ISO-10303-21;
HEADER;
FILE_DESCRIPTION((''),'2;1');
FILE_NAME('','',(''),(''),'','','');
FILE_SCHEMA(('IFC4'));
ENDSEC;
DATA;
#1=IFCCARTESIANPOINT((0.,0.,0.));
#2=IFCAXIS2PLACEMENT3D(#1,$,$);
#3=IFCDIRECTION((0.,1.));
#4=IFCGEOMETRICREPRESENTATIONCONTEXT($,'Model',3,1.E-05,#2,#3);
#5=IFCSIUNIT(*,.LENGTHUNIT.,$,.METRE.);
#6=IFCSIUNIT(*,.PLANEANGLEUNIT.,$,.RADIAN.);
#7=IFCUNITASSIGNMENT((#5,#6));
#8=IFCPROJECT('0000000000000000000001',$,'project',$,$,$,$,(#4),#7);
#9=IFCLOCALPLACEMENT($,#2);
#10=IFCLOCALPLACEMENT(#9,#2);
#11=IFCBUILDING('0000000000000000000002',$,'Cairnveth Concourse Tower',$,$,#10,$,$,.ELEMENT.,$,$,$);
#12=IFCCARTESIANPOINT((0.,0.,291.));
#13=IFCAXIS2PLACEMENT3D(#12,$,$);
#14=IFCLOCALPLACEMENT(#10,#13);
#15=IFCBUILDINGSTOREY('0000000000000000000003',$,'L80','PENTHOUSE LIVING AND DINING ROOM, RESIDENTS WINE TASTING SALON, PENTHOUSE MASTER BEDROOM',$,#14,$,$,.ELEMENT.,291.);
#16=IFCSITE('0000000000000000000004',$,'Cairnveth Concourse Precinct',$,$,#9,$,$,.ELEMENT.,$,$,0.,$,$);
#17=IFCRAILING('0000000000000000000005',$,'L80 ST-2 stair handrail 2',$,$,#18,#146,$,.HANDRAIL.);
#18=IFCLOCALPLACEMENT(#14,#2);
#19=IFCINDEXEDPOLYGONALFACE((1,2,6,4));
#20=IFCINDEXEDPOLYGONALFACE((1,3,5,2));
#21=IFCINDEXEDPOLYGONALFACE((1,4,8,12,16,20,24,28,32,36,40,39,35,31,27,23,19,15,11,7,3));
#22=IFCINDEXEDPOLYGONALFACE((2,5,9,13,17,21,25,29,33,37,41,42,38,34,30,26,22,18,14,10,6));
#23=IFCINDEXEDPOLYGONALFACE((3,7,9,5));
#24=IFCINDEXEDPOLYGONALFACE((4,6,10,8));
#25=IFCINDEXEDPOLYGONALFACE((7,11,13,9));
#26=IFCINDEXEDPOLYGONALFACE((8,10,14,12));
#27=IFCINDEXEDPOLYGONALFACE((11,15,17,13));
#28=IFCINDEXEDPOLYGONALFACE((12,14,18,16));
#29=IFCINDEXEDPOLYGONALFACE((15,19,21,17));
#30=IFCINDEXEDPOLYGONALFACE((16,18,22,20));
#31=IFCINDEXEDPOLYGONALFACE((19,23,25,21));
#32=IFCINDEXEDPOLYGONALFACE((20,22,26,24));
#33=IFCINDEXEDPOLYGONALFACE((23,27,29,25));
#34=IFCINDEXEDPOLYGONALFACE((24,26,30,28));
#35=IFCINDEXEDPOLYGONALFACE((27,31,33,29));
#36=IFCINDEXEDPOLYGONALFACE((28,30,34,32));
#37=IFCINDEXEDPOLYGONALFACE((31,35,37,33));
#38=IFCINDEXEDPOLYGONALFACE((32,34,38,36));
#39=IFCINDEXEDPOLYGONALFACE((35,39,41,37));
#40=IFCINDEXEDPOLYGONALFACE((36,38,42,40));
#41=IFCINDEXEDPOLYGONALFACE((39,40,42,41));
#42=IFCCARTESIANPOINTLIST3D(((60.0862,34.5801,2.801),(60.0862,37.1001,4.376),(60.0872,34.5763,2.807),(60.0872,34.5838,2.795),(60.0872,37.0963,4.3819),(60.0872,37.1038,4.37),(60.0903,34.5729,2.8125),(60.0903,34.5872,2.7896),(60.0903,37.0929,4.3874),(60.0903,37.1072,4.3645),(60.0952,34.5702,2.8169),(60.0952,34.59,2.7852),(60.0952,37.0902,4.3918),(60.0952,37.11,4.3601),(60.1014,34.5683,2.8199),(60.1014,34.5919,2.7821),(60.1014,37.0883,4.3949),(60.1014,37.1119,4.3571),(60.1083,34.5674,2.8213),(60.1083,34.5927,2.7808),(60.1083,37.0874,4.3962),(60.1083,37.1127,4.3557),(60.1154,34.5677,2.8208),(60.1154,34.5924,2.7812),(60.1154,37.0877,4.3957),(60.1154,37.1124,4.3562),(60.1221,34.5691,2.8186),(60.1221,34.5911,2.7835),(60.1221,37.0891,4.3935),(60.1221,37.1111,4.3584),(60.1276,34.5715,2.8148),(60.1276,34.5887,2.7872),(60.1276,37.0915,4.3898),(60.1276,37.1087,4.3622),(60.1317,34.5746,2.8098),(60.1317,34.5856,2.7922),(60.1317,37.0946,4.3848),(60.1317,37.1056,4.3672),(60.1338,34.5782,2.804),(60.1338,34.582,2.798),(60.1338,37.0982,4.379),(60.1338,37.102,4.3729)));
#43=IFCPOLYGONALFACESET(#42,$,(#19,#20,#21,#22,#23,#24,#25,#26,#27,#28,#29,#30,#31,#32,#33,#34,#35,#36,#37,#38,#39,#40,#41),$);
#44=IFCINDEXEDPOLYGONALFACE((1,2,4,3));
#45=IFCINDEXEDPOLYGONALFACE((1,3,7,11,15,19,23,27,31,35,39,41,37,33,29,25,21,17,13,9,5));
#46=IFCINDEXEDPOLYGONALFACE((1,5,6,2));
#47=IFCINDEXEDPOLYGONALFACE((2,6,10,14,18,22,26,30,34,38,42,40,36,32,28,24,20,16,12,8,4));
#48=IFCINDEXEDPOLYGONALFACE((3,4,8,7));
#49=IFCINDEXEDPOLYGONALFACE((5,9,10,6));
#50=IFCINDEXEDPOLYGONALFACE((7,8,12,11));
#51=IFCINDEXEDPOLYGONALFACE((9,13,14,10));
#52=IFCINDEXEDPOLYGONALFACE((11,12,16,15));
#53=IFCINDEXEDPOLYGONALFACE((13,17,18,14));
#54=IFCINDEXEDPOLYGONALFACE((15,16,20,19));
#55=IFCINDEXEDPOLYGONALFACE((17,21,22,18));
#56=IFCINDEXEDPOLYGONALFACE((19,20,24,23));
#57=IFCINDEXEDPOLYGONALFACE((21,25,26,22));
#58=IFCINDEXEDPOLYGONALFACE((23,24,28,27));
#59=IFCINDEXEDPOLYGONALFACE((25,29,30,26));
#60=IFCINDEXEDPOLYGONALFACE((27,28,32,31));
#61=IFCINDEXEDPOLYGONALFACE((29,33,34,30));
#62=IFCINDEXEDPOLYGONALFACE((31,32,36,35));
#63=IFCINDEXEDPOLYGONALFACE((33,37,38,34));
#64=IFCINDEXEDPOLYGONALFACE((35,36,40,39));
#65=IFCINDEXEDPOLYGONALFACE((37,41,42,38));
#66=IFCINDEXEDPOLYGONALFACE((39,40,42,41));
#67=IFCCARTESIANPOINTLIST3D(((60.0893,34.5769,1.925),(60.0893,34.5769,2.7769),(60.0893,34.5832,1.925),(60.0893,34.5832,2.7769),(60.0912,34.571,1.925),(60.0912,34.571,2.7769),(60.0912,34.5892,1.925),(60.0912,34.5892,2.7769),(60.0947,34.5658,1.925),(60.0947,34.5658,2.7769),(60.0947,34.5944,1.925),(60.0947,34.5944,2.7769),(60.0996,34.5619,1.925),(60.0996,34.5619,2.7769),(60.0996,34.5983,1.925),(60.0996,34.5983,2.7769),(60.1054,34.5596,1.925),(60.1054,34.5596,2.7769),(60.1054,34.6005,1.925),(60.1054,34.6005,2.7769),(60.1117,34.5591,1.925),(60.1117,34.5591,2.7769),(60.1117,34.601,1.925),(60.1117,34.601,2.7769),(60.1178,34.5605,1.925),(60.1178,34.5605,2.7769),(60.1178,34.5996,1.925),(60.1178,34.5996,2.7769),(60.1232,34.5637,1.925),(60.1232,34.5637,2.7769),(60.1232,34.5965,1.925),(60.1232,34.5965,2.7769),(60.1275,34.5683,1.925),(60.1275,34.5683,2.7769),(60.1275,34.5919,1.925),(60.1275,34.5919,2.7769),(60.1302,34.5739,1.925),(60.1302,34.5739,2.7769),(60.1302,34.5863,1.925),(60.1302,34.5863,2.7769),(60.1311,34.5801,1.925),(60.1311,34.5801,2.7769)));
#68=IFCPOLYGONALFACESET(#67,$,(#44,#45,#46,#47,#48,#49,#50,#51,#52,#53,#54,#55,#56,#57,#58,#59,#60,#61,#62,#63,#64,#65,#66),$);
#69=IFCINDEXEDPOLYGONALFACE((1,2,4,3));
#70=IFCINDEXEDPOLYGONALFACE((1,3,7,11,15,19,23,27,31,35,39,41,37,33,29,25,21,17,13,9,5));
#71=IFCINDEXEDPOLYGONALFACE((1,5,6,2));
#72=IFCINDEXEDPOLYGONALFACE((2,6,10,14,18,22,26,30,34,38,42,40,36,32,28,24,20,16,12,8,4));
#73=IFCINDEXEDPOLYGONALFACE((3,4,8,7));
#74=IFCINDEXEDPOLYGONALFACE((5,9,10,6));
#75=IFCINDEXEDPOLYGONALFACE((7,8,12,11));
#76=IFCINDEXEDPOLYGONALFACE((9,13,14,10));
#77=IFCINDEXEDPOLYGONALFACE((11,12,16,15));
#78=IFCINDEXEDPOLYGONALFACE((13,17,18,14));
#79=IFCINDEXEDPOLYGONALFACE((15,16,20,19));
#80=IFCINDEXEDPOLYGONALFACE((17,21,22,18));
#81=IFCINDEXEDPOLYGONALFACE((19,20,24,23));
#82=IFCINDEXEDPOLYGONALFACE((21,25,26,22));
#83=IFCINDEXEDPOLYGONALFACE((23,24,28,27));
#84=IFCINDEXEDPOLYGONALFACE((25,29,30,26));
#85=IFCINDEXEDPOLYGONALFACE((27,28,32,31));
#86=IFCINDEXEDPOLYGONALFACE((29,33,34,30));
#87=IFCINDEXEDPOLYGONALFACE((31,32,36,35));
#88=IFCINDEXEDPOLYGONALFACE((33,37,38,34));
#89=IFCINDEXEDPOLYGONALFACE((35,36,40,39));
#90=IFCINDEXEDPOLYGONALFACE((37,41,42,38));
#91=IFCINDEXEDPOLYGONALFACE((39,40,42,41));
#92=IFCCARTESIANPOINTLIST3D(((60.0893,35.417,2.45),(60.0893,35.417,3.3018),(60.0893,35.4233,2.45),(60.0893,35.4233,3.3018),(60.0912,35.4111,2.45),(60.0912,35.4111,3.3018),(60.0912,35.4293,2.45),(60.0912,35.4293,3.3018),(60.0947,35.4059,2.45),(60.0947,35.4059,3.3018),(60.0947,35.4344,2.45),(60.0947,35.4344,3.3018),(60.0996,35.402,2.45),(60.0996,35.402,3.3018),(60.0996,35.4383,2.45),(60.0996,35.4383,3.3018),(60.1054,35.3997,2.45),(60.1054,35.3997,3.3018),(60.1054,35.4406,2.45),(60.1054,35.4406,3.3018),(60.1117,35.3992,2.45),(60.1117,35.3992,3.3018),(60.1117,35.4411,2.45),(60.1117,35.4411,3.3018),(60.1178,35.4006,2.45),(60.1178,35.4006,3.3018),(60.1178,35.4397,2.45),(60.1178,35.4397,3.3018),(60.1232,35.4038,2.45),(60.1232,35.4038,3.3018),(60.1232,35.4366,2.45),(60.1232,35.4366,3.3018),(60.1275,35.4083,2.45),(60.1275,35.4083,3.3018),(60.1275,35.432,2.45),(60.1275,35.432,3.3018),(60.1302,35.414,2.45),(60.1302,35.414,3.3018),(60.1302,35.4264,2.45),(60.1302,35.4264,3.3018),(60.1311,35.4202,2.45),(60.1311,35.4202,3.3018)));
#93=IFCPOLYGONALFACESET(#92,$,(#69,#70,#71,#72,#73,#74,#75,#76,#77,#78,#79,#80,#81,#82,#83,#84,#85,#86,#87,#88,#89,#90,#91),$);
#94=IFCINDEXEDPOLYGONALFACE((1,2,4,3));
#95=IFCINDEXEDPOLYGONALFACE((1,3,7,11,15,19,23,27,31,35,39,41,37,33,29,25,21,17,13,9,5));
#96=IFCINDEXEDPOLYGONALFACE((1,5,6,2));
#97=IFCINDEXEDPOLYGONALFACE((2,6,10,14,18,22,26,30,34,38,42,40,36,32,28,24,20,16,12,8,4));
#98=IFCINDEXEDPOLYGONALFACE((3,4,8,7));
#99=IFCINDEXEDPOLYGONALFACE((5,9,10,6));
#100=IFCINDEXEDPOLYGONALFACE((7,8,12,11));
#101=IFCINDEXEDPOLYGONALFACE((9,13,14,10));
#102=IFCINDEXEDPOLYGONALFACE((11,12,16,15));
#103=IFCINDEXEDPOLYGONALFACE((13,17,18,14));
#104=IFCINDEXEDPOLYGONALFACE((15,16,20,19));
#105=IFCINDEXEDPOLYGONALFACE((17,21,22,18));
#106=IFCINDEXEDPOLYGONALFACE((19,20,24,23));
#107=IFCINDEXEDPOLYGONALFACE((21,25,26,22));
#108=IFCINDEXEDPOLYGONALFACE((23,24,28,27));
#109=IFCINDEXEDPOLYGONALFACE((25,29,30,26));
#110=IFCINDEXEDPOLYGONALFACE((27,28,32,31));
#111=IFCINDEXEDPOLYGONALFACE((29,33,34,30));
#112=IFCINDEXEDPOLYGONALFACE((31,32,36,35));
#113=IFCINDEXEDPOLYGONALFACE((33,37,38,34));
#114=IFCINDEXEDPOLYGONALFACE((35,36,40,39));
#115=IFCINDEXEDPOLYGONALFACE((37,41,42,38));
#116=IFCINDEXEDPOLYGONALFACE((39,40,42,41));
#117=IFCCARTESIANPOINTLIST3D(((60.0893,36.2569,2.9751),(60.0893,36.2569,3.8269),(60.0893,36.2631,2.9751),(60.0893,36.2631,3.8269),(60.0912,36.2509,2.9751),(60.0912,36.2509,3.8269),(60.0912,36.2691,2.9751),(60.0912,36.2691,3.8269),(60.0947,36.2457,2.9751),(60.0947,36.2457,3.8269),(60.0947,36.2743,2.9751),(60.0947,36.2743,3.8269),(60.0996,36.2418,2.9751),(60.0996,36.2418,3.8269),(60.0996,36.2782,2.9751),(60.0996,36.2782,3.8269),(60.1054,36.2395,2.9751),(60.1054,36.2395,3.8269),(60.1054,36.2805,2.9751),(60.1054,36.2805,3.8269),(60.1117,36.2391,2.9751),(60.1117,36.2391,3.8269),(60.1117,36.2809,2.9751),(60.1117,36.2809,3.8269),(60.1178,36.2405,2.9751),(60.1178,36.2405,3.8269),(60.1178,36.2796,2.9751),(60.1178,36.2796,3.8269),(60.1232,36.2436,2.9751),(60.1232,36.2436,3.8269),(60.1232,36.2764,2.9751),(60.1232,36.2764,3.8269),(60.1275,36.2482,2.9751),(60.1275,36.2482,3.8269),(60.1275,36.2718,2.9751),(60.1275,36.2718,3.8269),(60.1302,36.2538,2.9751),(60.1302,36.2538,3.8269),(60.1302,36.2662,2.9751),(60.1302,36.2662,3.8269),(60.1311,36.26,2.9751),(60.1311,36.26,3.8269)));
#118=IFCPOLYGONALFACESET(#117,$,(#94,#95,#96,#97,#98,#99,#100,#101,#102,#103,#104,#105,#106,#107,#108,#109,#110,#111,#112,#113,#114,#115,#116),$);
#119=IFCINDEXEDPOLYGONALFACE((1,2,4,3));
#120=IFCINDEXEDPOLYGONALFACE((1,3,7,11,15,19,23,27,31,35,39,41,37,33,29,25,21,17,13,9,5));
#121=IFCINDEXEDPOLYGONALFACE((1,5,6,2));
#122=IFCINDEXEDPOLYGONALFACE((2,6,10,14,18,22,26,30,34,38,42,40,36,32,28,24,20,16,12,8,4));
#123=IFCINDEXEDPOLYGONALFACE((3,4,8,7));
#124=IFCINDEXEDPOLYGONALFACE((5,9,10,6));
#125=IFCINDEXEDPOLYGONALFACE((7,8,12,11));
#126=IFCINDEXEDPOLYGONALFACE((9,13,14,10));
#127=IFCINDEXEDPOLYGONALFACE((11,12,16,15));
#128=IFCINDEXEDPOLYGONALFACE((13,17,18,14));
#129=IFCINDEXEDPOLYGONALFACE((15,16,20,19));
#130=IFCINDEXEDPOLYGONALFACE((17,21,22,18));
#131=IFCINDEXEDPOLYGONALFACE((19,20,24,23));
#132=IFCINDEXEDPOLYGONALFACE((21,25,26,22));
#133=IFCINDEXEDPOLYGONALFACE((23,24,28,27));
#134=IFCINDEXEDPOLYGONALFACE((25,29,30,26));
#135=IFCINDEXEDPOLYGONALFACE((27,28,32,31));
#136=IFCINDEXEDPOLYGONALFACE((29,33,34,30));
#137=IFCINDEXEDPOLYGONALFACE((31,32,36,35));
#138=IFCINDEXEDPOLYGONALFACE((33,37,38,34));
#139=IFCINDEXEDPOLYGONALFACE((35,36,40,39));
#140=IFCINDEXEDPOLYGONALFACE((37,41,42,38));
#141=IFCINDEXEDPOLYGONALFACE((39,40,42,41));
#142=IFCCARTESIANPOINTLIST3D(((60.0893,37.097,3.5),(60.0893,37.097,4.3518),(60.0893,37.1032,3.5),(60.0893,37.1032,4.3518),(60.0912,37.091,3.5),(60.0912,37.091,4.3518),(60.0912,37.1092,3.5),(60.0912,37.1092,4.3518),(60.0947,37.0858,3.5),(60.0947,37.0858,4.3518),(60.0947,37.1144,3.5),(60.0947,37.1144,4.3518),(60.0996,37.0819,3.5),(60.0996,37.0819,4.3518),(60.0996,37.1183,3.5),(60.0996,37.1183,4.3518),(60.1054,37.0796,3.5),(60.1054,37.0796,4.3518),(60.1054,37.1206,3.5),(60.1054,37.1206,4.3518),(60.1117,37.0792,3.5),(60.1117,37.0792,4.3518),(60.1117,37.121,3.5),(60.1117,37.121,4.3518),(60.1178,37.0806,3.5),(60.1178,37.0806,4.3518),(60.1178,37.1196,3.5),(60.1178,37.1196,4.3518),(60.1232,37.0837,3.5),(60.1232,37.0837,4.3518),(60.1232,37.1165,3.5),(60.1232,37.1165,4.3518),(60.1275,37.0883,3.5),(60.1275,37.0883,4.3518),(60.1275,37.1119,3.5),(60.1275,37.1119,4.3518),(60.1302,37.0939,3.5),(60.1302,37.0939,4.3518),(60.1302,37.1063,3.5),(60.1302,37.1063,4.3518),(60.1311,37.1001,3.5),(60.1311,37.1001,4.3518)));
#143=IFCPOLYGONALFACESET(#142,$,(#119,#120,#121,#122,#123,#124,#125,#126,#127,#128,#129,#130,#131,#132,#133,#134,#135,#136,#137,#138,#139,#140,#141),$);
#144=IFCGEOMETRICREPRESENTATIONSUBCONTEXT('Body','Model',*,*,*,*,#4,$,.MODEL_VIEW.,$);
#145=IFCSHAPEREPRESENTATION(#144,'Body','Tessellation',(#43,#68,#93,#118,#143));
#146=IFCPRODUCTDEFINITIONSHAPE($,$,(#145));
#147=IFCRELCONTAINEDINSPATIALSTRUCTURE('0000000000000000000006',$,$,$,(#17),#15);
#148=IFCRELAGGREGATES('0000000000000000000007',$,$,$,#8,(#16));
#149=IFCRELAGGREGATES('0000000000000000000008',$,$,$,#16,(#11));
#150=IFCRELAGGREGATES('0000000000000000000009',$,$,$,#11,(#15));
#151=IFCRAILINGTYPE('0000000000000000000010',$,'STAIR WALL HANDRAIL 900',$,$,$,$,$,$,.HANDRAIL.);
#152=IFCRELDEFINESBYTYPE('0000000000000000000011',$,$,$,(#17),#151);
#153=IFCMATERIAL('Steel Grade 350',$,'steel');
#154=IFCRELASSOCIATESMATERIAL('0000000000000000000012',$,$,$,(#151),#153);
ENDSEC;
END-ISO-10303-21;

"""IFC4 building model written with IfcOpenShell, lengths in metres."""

from ifc_helpers import new_model, si_unit, direction, frame, origin, origin_2d, place, context, subcontext, project, spatial, circle, extrude, material, type_object, element, save


model = new_model("IFC4")

# Units and contexts
model_context = context("Model", 3, precision=1e-05, world=origin(), true_north=direction((0.0, 1.0)))
body_context = subcontext(model_context, "Body", "Model", "MODEL_VIEW")
ifc_project = project(units=[si_unit("LENGTHUNIT", "METRE"), si_unit("PLANEANGLEUNIT", "RADIAN")], contexts=[model_context])

# Site, building, storey
site_placement = place(None, origin())
site = spatial("IfcSite", under=ifc_project, at=site_placement, Name="Cairnveth Concourse Precinct", CompositionType="ELEMENT", RefElevation=0.0)
building_placement = place(site_placement, origin())
building = spatial("IfcBuilding", under=site, at=building_placement, Name="Cairnveth Concourse Tower", CompositionType="ELEMENT")
storey_placement = place(building_placement, frame((0.0, 0.0, 291.0)))
storey = spatial("IfcBuildingStorey", under=building, at=storey_placement, Name="L80", Description="PENTHOUSE LIVING AND DINING ROOM, RESIDENTS WINE TASTING SALON, PENTHOUSE MASTER BEDROOM", CompositionType="ELEMENT", Elevation=291.0)

# Shared definitions
ifc_material_1 = material(Name="Steel Grade 350", Category="steel")

# Railing
railing_type_1 = type_object("IfcRailingType", Name="STAIR WALL HANDRAIL 900", PredefinedType="HANDRAIL", material=ifc_material_1)
railing_1_placement = place(storey_placement, frame((60.1101, 34.5801, 1.925)))
element("IfcRailing", 1, at=railing_1_placement, inside=storey, type_object=railing_type_1, Name="L80 ST-2 stair handrail 2", PredefinedType="HANDRAIL", context=body_context, shape_type="SweptSolid", body=[
    extrude(circle(Radius=0.0239, at=origin_2d()), frame((0.0, 0.0, 0.876), z_axis=(0.0, 0.848008, 0.529984), x_axis=(-1.0, 0.0, 0.0)), (0.0, 0.0, 1.0), 2.9717),
    extrude(circle(Radius=0.021, at=origin_2d()), origin(), (0.0, 0.0, 1.0), 0.8518),
    extrude(circle(Radius=0.021, at=origin_2d()), frame((0.0, 0.8401, 0.5249)), (0.0, 0.0, 1.0), 0.8518),
    extrude(circle(Radius=0.021, at=origin_2d()), frame((0.0, 1.6799, 1.05)), (0.0, 0.0, 1.0), 0.8518),
    extrude(circle(Radius=0.021, at=origin_2d()), frame((0.0, 2.52, 1.575)), (0.0, 0.0, 1.0), 0.8518),
])

save(model, "model.ifc")
